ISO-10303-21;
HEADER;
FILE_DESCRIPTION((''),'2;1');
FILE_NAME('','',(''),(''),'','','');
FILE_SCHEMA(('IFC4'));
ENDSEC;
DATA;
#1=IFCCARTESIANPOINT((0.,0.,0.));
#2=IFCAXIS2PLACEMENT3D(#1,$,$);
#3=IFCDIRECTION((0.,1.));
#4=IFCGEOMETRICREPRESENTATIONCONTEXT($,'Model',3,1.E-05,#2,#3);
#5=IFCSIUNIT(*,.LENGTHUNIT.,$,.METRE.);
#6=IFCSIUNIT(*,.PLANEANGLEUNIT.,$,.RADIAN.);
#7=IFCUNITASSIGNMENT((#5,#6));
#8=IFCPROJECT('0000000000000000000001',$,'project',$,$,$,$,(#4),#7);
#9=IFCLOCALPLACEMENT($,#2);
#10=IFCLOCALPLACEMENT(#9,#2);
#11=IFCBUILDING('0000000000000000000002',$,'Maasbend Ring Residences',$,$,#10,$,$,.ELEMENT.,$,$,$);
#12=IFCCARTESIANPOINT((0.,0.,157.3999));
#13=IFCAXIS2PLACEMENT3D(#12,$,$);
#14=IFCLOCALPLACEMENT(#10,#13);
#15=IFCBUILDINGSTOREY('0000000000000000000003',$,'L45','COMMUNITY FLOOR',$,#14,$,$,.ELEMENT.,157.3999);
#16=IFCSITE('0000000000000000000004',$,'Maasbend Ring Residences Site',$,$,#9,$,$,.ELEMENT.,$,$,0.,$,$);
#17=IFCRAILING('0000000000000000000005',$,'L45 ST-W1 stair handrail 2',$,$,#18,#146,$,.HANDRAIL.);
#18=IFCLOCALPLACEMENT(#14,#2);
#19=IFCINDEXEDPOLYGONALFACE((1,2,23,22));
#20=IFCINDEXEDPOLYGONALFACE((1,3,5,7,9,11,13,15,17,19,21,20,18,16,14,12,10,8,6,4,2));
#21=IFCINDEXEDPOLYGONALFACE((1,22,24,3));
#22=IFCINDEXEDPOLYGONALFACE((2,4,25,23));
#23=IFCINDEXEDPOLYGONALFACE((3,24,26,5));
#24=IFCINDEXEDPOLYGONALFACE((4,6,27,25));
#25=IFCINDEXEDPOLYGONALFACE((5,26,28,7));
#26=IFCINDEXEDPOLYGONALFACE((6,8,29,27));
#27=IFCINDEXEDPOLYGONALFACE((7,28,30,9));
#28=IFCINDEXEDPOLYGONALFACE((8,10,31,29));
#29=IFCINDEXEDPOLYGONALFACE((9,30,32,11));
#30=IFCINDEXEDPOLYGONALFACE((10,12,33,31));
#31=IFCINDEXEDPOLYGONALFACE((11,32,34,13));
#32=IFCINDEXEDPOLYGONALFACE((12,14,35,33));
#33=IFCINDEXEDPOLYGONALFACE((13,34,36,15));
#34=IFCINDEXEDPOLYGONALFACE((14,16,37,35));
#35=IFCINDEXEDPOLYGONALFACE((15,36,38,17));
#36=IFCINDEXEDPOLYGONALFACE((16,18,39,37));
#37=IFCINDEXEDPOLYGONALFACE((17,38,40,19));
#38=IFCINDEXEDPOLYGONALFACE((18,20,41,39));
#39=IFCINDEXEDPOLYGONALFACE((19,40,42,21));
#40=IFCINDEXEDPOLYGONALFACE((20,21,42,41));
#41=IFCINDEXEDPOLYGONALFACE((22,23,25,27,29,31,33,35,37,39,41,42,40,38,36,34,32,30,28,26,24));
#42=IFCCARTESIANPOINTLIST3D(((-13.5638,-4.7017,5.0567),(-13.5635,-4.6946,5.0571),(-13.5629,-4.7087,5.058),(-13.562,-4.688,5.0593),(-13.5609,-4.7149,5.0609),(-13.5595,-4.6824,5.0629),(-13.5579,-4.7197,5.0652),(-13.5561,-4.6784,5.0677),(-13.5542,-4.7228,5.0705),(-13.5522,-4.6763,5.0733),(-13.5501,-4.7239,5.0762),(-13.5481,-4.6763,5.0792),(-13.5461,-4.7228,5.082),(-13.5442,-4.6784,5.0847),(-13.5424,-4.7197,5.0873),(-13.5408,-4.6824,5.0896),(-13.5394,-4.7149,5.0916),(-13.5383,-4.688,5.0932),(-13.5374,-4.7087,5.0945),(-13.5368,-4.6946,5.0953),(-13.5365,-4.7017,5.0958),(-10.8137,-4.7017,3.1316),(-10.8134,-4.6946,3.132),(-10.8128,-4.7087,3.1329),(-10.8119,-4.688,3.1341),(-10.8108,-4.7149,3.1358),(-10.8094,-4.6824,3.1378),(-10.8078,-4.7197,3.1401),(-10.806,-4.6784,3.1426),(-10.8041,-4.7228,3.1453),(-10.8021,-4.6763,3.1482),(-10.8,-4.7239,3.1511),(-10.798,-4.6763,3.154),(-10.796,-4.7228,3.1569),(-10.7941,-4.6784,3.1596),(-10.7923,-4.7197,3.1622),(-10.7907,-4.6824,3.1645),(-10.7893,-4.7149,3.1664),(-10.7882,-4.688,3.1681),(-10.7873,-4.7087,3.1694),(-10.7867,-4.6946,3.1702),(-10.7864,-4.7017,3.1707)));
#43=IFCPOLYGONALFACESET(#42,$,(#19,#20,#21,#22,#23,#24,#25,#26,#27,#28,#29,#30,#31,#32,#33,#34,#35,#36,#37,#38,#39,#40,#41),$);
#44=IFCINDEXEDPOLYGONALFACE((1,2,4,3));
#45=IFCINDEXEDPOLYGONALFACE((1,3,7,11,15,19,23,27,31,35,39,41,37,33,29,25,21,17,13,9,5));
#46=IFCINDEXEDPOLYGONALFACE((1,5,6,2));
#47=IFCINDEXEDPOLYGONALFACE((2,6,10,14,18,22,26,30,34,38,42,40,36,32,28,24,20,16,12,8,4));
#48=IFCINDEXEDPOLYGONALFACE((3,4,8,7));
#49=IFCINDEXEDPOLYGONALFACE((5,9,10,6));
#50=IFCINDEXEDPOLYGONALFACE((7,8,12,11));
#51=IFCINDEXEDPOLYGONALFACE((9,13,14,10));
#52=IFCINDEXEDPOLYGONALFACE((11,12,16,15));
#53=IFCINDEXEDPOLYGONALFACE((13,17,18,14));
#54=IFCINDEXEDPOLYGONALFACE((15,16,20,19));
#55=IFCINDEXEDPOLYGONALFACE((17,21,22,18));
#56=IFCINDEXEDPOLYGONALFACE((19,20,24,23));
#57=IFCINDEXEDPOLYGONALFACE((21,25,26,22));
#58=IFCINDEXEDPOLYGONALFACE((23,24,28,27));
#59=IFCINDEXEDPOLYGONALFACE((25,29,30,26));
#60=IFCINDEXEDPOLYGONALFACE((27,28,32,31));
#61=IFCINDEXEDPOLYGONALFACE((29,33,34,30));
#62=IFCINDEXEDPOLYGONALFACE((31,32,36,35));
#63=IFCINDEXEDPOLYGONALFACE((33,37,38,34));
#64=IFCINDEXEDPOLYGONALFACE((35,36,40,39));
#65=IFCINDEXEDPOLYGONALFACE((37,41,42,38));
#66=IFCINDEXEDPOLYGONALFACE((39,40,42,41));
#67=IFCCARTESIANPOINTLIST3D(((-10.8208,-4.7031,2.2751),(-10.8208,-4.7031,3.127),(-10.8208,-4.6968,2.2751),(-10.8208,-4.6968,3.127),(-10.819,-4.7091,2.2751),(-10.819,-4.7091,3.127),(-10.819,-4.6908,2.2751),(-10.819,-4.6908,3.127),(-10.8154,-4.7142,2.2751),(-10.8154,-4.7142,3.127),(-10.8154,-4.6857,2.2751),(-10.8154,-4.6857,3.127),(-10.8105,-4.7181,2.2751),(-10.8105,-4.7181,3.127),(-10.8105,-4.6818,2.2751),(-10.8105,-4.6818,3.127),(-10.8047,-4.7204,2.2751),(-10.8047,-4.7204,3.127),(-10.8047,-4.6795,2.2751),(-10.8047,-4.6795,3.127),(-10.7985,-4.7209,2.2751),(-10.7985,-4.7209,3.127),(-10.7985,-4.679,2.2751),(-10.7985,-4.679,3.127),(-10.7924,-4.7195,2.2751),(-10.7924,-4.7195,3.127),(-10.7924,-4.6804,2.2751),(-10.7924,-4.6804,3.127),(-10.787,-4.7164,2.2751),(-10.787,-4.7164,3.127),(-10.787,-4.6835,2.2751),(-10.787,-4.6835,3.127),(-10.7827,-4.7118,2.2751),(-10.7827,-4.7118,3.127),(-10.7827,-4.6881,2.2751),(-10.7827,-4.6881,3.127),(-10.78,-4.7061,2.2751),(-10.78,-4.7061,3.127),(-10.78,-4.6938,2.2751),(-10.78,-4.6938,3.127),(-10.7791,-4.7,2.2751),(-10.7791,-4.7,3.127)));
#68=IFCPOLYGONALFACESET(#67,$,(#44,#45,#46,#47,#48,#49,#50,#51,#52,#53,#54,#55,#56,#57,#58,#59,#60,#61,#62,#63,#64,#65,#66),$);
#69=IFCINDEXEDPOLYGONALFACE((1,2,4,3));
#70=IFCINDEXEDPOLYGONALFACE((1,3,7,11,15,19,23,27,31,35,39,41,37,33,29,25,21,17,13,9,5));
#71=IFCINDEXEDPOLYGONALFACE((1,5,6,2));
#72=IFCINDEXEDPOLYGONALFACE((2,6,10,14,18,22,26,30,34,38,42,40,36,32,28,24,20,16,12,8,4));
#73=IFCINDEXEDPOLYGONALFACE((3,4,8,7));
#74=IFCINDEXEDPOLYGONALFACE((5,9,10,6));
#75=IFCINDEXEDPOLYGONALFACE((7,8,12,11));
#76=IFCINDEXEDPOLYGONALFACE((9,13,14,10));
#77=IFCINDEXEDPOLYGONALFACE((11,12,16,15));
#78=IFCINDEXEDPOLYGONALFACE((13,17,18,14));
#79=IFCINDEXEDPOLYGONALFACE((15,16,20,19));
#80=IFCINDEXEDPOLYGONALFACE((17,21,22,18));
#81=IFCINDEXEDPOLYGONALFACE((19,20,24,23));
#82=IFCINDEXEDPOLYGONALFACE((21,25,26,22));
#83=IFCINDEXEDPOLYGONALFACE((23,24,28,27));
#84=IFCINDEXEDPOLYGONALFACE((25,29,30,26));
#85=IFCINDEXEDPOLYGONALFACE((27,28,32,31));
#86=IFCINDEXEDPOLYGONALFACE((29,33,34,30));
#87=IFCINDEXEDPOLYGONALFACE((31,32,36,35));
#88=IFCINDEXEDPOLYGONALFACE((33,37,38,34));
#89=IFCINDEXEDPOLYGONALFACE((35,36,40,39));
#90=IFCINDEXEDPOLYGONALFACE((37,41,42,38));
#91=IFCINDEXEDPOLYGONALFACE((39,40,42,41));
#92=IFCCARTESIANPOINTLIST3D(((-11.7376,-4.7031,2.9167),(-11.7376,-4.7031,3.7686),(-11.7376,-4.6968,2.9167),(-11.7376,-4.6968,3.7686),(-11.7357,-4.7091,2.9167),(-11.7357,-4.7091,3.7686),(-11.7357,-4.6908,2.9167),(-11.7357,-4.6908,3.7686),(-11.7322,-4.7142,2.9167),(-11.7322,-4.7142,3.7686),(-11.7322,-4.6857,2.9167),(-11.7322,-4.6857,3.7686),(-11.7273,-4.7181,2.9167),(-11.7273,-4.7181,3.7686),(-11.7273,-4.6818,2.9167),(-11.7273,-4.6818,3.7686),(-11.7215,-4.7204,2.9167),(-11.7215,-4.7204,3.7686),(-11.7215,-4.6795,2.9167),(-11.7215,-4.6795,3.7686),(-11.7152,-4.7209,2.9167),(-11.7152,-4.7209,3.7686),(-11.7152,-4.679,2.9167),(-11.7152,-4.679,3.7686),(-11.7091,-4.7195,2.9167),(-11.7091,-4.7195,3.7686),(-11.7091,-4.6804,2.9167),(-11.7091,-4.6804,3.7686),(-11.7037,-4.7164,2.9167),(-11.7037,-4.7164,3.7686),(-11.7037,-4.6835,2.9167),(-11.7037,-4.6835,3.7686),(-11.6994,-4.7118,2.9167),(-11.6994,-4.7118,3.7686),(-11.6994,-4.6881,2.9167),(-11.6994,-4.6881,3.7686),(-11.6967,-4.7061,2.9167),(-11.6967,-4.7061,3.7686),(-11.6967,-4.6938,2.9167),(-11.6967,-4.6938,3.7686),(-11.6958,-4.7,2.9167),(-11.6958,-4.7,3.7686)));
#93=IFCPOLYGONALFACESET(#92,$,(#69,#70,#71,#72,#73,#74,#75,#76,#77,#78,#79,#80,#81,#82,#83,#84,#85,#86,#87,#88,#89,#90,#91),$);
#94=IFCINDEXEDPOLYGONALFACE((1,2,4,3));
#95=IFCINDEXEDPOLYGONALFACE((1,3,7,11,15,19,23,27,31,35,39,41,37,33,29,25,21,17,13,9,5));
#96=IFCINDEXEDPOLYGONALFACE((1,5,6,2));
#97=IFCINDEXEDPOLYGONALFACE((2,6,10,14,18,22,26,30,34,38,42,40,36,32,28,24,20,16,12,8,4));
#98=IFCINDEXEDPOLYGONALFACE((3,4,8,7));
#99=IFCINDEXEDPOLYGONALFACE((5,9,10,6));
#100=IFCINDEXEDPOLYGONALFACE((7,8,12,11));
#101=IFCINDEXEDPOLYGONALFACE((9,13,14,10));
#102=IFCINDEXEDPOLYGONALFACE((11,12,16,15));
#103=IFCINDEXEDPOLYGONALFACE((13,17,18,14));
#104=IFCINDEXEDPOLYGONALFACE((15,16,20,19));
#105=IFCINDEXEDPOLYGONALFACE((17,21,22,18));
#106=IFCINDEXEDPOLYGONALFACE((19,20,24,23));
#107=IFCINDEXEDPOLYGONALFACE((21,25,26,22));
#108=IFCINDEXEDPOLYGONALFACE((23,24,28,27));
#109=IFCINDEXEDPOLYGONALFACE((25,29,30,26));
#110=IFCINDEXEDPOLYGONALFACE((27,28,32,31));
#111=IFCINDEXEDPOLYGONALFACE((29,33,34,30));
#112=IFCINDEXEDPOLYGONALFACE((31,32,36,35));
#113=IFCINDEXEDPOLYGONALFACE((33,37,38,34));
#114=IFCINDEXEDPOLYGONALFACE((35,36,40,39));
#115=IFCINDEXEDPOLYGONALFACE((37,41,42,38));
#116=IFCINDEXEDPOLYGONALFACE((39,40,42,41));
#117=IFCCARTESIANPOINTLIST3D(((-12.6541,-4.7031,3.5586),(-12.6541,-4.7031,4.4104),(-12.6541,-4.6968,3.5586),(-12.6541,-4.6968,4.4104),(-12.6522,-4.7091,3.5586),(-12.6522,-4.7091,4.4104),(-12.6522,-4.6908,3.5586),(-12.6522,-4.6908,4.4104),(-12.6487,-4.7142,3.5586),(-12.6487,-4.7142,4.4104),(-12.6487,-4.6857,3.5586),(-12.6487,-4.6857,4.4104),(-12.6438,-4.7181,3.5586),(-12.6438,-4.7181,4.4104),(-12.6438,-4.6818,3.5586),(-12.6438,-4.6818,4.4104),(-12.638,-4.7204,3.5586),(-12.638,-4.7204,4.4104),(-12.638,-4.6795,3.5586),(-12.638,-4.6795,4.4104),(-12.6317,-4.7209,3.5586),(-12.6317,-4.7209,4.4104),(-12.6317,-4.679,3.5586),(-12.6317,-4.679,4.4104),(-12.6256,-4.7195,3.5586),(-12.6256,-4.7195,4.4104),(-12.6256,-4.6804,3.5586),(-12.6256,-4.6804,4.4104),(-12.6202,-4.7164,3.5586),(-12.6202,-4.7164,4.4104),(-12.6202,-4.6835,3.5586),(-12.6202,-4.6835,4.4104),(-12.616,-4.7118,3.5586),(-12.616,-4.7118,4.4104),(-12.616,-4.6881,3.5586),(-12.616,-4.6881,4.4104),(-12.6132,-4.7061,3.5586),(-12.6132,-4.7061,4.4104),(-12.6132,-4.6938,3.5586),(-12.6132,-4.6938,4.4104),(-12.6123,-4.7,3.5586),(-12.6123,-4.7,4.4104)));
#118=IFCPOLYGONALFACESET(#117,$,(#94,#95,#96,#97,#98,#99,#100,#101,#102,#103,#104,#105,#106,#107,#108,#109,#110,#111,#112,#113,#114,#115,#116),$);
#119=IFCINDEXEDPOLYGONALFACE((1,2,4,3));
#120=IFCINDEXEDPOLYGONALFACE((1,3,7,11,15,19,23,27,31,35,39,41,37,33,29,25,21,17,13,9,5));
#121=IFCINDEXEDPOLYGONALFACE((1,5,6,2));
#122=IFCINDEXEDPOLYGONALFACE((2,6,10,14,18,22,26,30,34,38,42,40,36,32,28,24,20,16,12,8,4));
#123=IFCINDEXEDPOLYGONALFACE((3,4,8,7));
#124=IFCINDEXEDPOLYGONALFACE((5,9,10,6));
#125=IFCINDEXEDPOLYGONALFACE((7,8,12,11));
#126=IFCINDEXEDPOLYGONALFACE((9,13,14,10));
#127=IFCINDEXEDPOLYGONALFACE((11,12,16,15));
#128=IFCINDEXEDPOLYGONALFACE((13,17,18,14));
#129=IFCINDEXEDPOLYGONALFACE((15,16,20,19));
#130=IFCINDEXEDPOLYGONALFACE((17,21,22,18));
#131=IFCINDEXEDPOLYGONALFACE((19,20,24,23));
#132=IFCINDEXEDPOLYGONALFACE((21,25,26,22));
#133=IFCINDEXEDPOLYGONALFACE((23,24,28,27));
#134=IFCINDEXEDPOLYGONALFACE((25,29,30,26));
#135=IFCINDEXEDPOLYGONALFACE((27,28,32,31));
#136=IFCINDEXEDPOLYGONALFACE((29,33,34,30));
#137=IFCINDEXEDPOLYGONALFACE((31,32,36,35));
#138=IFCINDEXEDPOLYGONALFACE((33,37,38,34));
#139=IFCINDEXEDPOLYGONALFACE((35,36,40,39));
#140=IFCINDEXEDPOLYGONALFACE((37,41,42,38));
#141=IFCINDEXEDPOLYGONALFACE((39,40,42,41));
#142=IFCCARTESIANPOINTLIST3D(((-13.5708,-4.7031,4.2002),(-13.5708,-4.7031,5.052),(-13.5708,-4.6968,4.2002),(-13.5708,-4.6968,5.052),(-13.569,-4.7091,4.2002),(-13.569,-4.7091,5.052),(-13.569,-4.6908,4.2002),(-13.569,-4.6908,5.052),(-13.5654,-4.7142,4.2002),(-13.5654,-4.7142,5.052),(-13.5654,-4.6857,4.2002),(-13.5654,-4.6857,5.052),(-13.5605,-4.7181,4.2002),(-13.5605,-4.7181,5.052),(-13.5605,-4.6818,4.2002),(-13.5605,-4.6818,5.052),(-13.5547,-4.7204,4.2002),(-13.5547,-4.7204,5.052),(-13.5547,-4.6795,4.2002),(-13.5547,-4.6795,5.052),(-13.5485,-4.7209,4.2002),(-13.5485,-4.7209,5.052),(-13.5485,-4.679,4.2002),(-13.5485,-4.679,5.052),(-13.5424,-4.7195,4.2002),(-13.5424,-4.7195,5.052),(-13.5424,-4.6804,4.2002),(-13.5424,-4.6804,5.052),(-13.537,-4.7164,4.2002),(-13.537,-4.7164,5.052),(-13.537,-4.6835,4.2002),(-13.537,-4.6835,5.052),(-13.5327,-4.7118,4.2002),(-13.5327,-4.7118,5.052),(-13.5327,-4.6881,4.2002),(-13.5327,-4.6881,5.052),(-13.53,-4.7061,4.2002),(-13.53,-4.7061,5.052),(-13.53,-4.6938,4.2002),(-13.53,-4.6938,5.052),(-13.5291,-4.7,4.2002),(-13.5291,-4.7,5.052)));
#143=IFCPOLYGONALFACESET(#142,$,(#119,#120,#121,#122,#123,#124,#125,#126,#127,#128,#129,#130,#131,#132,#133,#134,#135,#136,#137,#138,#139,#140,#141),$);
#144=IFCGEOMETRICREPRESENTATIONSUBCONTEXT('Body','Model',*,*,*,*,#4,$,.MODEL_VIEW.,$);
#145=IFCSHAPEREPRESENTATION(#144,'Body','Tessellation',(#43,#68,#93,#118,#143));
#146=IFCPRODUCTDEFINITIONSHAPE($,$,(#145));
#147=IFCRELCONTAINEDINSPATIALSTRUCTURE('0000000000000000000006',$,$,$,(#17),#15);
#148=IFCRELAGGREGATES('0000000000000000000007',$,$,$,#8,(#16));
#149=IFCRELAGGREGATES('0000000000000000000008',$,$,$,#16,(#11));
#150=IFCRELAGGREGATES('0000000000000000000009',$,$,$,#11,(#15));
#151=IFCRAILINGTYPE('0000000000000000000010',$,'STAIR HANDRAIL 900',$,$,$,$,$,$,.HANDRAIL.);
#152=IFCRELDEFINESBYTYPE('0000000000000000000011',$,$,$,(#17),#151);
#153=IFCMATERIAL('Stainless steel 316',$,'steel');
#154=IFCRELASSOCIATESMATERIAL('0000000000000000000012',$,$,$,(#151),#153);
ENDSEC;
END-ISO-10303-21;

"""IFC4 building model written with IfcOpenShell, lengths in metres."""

from ifc_helpers import new_model, si_unit, direction, frame, origin, origin_2d, place, context, subcontext, project, spatial, circle, extrude, material, type_object, element, save


model = new_model("IFC4")

# Units and contexts
model_context = context("Model", 3, precision=1e-05, world=origin(), true_north=direction((0.0, 1.0)))
body_context = subcontext(model_context, "Body", "Model", "MODEL_VIEW")
ifc_project = project(units=[si_unit("LENGTHUNIT", "METRE"), si_unit("PLANEANGLEUNIT", "RADIAN")], contexts=[model_context])

# Site, building, storey
site_placement = place(None, origin())
site = spatial("IfcSite", under=ifc_project, at=site_placement, Name="Maasbend Ring Residences Site", CompositionType="ELEMENT", RefElevation=0.0)
building_placement = place(site_placement, origin())
building = spatial("IfcBuilding", under=site, at=building_placement, Name="Maasbend Ring Residences", CompositionType="ELEMENT")
storey_placement = place(building_placement, frame((0.0, 0.0, 157.3999)))
storey = spatial("IfcBuildingStorey", under=building, at=storey_placement, Name="L45", Description="COMMUNITY FLOOR", CompositionType="ELEMENT", Elevation=157.3999)

# Railing
ifc_material_1 = material(Name="Stainless steel 316", Category="steel")
railing_type_1 = type_object("IfcRailingType", Name="STAIR HANDRAIL 900", PredefinedType="HANDRAIL", material=ifc_material_1)
railing_1_placement = place(storey_placement, frame((-10.8, -4.7, 2.2751)))
element("IfcRailing", 1, at=railing_1_placement, inside=storey, type_object=railing_type_1, Name="L45 ST-W1 stair handrail 2", PredefinedType="HANDRAIL", context=body_context, shape_type="SweptSolid", body=[
    extrude(circle(Radius=0.0239, at=origin_2d()), frame((0.0, 0.0, 0.876), z_axis=(-0.819225, 0.0, 0.573472), x_axis=(0.0, -1.0, 0.0)), (0.0, 0.0, 1.0), 3.3569),
    extrude(circle(Radius=0.021, at=origin_2d()), origin(), (0.0, 0.0, 1.0), 0.8518),
    extrude(circle(Radius=0.021, at=origin_2d()), frame((-0.9167, 0.0, 0.6416)), (0.0, 0.0, 1.0), 0.8518),
    extrude(circle(Radius=0.021, at=origin_2d()), frame((-1.8333, 0.0, 1.2834)), (0.0, 0.0, 1.0), 0.8518),
    extrude(circle(Radius=0.021, at=origin_2d()), frame((-2.75, 0.0, 1.925)), (0.0, 0.0, 1.0), 0.8518),
])

save(model, "model.ifc")
